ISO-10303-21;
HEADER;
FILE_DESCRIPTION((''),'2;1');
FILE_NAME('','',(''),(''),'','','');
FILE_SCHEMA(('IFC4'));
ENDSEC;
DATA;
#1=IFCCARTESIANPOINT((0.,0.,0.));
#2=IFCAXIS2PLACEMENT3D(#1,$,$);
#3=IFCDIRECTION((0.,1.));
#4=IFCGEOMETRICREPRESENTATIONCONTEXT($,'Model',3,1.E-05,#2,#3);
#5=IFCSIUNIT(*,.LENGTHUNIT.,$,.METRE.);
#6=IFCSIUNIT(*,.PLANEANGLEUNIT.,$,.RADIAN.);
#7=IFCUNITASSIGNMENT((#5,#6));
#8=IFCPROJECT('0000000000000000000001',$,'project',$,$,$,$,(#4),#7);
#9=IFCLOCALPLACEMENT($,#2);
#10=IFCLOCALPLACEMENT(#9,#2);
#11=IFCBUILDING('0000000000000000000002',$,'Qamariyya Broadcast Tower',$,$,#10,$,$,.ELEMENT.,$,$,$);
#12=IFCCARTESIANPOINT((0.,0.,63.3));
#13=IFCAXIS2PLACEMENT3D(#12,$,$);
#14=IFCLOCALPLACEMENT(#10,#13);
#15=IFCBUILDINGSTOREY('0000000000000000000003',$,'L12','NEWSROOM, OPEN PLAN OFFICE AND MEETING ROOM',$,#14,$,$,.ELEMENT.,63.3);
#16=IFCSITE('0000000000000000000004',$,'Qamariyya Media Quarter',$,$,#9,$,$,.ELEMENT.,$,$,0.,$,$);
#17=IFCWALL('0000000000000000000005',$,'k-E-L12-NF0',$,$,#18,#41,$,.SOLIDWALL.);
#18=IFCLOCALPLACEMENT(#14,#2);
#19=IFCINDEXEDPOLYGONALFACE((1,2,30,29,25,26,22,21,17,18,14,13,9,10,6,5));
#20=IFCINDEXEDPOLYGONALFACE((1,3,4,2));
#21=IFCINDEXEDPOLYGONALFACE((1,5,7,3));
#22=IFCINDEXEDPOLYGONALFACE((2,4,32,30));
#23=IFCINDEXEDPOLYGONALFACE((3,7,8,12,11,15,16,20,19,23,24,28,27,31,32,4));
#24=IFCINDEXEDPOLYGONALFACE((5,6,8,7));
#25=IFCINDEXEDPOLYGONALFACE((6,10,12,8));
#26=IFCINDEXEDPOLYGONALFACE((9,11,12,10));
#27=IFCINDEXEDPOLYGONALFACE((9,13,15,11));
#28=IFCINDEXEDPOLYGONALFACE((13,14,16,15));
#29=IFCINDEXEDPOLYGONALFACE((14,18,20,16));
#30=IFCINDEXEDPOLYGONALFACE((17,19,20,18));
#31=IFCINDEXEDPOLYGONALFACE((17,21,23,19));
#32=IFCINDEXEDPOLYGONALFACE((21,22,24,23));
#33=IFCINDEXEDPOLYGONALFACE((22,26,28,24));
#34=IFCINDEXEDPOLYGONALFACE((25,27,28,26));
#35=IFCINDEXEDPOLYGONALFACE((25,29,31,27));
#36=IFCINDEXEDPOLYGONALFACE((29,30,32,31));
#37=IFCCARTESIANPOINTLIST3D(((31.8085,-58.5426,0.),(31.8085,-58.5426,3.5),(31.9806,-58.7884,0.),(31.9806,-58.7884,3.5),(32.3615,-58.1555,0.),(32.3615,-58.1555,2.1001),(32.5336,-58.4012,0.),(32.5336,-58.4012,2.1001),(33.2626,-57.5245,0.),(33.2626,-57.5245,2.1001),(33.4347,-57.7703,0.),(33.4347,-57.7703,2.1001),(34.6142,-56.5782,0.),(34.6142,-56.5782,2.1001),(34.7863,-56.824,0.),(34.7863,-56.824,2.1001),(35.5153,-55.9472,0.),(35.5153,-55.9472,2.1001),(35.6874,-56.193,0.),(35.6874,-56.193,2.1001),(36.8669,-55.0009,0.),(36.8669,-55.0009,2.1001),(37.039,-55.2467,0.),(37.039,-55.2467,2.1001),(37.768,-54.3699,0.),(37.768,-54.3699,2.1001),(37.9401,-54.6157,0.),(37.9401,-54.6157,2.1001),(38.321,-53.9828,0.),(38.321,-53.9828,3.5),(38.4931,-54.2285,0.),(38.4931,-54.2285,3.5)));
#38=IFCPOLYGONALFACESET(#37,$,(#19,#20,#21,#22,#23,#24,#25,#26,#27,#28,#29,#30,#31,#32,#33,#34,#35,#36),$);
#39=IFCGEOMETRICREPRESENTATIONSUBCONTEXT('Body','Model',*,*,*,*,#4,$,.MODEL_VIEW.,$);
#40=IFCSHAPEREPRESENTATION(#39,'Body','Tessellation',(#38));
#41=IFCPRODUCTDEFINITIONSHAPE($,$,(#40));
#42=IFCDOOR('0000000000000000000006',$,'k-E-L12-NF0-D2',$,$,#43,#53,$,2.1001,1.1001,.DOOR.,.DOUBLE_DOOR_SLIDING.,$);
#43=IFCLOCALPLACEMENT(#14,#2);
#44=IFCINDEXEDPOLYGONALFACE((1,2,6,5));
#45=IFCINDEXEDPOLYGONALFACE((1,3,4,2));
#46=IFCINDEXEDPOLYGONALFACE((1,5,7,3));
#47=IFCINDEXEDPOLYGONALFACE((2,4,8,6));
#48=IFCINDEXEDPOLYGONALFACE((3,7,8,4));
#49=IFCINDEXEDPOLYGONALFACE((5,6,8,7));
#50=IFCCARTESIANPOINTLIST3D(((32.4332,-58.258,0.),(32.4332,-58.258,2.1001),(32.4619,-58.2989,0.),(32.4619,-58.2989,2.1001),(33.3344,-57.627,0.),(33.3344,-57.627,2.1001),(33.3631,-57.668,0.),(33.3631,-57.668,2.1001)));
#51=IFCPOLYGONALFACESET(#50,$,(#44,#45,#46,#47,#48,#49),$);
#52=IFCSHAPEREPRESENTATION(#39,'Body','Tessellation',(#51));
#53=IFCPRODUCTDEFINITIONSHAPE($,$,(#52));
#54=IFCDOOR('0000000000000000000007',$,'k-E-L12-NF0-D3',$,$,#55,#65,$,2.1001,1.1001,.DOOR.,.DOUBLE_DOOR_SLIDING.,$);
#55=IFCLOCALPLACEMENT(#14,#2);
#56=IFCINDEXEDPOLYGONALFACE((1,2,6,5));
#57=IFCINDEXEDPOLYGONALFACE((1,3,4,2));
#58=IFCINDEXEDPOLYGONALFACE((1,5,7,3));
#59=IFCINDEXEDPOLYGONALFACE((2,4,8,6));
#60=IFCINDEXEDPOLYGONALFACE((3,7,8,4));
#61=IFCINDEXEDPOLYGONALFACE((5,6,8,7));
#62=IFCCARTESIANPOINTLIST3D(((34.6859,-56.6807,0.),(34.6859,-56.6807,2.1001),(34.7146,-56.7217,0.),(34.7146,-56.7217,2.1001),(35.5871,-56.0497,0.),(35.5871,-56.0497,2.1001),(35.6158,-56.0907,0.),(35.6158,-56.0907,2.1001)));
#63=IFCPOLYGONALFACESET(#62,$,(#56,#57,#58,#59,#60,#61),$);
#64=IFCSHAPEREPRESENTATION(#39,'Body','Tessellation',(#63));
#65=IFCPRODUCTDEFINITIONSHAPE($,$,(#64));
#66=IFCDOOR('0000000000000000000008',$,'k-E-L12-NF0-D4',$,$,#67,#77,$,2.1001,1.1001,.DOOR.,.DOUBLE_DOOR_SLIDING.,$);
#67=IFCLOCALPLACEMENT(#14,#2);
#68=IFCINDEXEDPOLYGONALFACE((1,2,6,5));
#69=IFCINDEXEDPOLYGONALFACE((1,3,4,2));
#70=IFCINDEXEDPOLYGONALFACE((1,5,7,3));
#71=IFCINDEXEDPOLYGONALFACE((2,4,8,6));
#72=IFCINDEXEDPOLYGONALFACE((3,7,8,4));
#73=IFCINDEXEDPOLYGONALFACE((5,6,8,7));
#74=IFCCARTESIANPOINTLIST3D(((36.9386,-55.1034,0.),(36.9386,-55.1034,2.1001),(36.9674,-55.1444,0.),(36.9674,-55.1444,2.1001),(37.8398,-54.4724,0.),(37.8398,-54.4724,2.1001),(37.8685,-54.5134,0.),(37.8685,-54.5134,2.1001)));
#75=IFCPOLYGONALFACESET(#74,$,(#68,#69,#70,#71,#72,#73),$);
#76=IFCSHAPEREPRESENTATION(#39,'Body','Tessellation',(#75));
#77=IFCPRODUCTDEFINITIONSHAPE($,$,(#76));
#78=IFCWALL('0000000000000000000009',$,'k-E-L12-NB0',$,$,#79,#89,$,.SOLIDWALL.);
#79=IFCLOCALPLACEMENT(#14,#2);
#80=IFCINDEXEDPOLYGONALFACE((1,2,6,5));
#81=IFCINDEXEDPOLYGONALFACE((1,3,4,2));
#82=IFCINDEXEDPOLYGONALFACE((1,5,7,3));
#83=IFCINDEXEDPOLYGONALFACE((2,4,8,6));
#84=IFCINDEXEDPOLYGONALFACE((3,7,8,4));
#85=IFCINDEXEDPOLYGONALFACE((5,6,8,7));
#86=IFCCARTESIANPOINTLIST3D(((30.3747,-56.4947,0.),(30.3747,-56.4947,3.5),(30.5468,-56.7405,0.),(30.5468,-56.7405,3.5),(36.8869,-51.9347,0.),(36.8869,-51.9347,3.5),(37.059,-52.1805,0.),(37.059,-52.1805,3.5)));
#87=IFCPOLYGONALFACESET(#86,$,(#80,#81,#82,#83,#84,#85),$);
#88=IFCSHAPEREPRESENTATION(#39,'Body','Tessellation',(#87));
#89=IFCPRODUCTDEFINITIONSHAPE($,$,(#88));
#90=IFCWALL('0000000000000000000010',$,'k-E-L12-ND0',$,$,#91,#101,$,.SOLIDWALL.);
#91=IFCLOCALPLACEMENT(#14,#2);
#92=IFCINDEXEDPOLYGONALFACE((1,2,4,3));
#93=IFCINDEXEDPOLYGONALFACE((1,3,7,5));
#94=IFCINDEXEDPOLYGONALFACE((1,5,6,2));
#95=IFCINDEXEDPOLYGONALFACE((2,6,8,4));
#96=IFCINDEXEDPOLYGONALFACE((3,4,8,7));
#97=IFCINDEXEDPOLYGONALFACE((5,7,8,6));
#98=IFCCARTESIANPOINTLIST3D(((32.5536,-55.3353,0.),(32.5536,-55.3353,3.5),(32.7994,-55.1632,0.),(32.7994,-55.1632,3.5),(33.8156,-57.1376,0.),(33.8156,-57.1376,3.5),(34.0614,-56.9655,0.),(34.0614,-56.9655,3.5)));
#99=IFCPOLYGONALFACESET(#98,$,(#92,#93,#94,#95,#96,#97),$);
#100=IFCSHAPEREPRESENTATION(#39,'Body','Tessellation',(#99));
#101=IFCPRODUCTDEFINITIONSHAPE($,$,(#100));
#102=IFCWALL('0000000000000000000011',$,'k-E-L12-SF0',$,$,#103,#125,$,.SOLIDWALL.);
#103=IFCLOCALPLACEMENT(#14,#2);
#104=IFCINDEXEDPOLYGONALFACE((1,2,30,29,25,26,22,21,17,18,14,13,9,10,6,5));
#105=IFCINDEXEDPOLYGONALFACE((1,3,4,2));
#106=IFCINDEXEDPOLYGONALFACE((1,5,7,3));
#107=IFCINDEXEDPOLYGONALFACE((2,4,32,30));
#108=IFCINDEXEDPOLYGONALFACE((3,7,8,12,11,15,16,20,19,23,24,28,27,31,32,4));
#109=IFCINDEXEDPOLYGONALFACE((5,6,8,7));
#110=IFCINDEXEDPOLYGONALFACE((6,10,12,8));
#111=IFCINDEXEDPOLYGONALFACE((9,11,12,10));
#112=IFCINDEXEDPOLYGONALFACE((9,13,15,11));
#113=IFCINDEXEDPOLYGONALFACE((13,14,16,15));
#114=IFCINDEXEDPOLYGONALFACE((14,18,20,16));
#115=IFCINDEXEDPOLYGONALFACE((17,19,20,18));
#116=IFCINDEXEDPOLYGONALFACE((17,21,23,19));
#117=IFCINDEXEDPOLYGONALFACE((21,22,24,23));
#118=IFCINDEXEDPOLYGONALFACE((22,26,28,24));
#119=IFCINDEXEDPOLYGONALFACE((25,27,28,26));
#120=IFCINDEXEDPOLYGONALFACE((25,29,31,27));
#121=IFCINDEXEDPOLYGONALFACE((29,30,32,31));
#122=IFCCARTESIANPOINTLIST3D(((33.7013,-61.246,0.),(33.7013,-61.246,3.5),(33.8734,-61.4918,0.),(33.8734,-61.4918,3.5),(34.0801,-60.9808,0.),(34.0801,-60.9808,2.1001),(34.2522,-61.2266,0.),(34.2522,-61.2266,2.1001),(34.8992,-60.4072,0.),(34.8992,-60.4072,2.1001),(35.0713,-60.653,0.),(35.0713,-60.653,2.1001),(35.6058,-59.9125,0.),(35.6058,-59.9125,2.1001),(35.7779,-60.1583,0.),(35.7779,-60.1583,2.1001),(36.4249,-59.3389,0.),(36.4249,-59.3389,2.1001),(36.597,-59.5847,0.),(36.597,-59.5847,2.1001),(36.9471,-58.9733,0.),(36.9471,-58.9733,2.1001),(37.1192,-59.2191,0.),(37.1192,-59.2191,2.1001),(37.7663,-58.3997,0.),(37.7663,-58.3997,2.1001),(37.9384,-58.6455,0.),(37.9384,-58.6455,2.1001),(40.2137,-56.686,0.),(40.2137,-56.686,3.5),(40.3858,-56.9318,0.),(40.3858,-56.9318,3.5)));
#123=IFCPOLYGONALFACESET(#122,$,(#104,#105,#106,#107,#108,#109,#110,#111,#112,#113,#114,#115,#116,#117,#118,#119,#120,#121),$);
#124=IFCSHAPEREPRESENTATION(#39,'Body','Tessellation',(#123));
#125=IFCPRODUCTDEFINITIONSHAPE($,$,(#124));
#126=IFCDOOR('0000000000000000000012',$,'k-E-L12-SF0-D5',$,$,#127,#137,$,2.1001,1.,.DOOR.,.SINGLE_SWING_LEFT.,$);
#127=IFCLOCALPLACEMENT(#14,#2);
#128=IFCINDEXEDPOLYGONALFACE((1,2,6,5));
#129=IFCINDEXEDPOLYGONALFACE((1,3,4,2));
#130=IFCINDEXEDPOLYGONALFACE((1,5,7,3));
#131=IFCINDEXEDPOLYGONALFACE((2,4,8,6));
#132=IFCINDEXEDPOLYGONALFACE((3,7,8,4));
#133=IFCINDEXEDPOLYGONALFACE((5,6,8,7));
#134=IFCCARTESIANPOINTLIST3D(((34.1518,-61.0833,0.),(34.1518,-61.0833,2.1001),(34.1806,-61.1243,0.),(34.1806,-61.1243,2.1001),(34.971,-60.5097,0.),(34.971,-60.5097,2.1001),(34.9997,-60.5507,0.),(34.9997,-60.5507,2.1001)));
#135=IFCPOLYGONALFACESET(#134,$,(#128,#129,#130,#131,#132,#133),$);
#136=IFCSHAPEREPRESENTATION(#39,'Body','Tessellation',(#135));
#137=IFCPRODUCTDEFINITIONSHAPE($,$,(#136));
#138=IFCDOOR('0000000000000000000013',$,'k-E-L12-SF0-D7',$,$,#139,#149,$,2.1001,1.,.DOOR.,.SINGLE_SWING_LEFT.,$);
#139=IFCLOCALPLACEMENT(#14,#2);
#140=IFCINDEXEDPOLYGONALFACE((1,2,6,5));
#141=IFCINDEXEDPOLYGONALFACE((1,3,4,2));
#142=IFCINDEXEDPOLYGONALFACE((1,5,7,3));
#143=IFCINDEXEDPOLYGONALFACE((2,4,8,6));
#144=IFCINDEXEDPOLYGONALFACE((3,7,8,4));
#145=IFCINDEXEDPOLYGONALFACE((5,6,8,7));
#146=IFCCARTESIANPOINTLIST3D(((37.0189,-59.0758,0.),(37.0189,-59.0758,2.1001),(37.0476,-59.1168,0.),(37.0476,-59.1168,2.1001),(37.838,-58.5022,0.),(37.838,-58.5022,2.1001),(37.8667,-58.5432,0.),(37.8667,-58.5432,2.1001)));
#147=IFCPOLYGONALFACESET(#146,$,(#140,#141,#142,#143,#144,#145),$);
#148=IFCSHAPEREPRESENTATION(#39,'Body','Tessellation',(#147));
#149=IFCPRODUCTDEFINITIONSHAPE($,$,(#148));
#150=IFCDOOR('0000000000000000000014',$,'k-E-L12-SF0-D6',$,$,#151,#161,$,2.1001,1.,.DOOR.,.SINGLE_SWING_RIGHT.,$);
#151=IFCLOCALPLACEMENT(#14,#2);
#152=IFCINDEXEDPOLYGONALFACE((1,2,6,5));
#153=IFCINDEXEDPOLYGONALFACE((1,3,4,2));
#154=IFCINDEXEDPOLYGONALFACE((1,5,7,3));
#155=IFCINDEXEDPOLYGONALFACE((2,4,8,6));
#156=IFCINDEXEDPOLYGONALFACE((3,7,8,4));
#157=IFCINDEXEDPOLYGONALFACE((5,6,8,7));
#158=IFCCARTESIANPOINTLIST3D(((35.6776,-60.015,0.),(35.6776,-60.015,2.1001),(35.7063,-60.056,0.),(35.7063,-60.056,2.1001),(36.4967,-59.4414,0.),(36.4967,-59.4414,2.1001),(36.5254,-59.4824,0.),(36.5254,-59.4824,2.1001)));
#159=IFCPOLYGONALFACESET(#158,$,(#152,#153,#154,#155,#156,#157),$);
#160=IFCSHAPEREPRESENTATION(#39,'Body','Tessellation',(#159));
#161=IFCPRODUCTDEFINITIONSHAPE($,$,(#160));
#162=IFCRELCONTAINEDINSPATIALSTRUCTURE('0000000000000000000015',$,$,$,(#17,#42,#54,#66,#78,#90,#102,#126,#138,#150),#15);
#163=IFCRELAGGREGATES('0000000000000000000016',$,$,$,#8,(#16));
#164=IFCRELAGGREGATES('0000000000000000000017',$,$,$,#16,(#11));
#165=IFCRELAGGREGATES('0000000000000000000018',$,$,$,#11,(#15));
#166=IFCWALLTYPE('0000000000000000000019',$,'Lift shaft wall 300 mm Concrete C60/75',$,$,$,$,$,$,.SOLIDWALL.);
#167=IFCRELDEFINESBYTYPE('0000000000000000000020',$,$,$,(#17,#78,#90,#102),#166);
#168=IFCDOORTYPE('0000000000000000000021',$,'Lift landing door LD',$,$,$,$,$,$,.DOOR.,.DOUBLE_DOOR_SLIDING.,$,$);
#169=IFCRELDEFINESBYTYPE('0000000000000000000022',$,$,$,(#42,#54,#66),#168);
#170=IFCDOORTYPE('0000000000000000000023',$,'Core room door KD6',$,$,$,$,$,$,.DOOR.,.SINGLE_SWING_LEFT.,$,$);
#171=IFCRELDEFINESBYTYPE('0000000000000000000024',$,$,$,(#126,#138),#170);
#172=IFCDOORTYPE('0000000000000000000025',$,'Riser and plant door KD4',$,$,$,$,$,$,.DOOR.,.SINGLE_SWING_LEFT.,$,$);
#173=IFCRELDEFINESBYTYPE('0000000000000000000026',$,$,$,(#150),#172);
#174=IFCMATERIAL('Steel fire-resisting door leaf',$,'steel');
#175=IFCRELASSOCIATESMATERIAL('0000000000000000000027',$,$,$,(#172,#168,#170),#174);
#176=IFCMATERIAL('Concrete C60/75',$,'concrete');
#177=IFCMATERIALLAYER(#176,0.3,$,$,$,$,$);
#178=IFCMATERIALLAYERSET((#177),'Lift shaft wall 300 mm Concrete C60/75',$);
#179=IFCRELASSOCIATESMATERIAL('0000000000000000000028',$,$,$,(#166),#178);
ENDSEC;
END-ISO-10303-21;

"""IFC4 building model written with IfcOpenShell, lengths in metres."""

from ifc_helpers import new_model, si_unit, direction, frame, frame_2d, origin, place, context, subcontext, project, spatial, rectangle, extrude, material, layer, layer_set, type_object, element, fill, save


model = new_model("IFC4")

# Units and contexts
model_context = context("Model", 3, precision=1e-05, world=origin(), true_north=direction((0.0, 1.0)))
body_context = subcontext(model_context, "Body", "Model", "MODEL_VIEW")
ifc_project = project(units=[si_unit("LENGTHUNIT", "METRE"), si_unit("PLANEANGLEUNIT", "RADIAN")], contexts=[model_context])

# Site, building, storey
site_placement = place(None, origin())
site = spatial("IfcSite", under=ifc_project, at=site_placement, Name="Qamariyya Media Quarter", CompositionType="ELEMENT", RefElevation=0.0)
building_placement = place(site_placement, origin())
building = spatial("IfcBuilding", under=site, at=building_placement, Name="Qamariyya Broadcast Tower", CompositionType="ELEMENT")
storey_placement = place(building_placement, frame((0.0, 0.0, 63.3)))
storey = spatial("IfcBuildingStorey", under=building, at=storey_placement, Name="L12", Description="NEWSROOM, OPEN PLAN OFFICE AND MEETING ROOM", CompositionType="ELEMENT", Elevation=63.3)

# Shared definitions
ifc_material_1 = material(Name="Steel fire-resisting door leaf", Category="steel")

# Shared definitions
door_type_1 = type_object("IfcDoorType", Name="Riser and plant door KD4", OperationType="SINGLE_SWING_LEFT", PredefinedType="DOOR", material=ifc_material_1)

# Wall, openings, doors
ifc_material_2 = material(Name="Concrete C60/75", Category="concrete")
ifc_layer_1 = layer(ifc_material_2, 0.3)
ifc_layer_set_1 = layer_set([ifc_layer_1], Name="Lift shaft wall 300 mm Concrete C60/75")
wall_type_1 = type_object("IfcWallType", Name="Lift shaft wall 300 mm Concrete C60/75", PredefinedType="SOLIDWALL", material=ifc_layer_set_1)
wall_1_placement = place(storey_placement, frame((31.8945, -58.6655, 0.0), z_axis=(0.0, 0.0, 1.0), x_axis=(0.819167, 0.573555, 0.0)))
wall_1 = element("IfcWall", 1, at=wall_1_placement, inside=storey, type_object=wall_type_1, Name="k-E-L12-NF0", PredefinedType="SOLIDWALL", context=body_context, shape_type="SweptSolid", body=[
    extrude(rectangle(XDim=7.9502, YDim=0.3, at=frame_2d((3.9751, 0.0))), origin(), (0.0, 0.0, 1.0), 3.5),
])
opening_1_placement = place(wall_1_placement, frame((0.675, 0.0, 0.0)))
opening_1 = element("IfcOpeningElement", 2, at=opening_1_placement, cuts=wall_1, PredefinedType="OPENING", context=body_context, shape_type="SweptSolid", body=[
    extrude(rectangle(XDim=1.1001, YDim=2.1001, at=frame_2d((0.55, 1.05))), frame((0.0, 0.1599, 0.0), z_axis=(0.0, -1.0, 0.0), x_axis=(1.0, 0.0, 0.0)), (0.0, 0.0, 1.0), 0.3201),
])
opening_2_placement = place(wall_1_placement, frame((3.425, 0.0, 0.0)))
opening_2 = element("IfcOpeningElement", 3, at=opening_2_placement, cuts=wall_1, PredefinedType="OPENING", context=body_context, shape_type="SweptSolid", body=[
    extrude(rectangle(XDim=1.1001, YDim=2.1001, at=frame_2d((0.55, 1.05))), frame((0.0, 0.1599, 0.0), z_axis=(0.0, -1.0, 0.0), x_axis=(1.0, 0.0, 0.0)), (0.0, 0.0, 1.0), 0.3201),
])
opening_3_placement = place(wall_1_placement, frame((6.175, 0.0, 0.0)))
opening_3 = element("IfcOpeningElement", 4, at=opening_3_placement, cuts=wall_1, PredefinedType="OPENING", context=body_context, shape_type="SweptSolid", body=[
    extrude(rectangle(XDim=1.1001, YDim=2.1001, at=frame_2d((0.55, 1.05))), frame((0.0, 0.1599, 0.0), z_axis=(0.0, -1.0, 0.0), x_axis=(1.0, 0.0, 0.0)), (0.0, 0.0, 1.0), 0.3201),
])
door_type_2 = type_object("IfcDoorType", Name="Lift landing door LD", OperationType="DOUBLE_DOOR_SLIDING", PredefinedType="DOOR", material=ifc_material_1)
door_1_placement = place(opening_1_placement, origin())
door_1 = element("IfcDoor", 5, at=door_1_placement, inside=storey, type_object=door_type_2, Name="k-E-L12-NF0-D2", OperationType="DOUBLE_DOOR_SLIDING", OverallHeight=2.1001, OverallWidth=1.1001, PredefinedType="DOOR", context=body_context, shape_type="SweptSolid", body=[
    extrude(rectangle(XDim=1.1001, YDim=2.1001, at=frame_2d((0.55, 1.05))), frame((0.0, 0.0249, 0.0), z_axis=(0.0, -1.0, 0.0), x_axis=(1.0, 0.0, 0.0)), (0.0, 0.0, 1.0), 0.05),
])
fill(opening_1, door_1)
door_2_placement = place(opening_2_placement, origin())
door_2 = element("IfcDoor", 6, at=door_2_placement, inside=storey, type_object=door_type_2, Name="k-E-L12-NF0-D3", OperationType="DOUBLE_DOOR_SLIDING", OverallHeight=2.1001, OverallWidth=1.1001, PredefinedType="DOOR", context=body_context, shape_type="SweptSolid", body=[
    extrude(rectangle(XDim=1.1001, YDim=2.1001, at=frame_2d((0.55, 1.05))), frame((0.0, 0.0249, 0.0), z_axis=(0.0, -1.0, 0.0), x_axis=(1.0, 0.0, 0.0)), (0.0, 0.0, 1.0), 0.05),
])
fill(opening_2, door_2)
door_3_placement = place(opening_3_placement, origin())
door_3 = element("IfcDoor", 7, at=door_3_placement, inside=storey, type_object=door_type_2, Name="k-E-L12-NF0-D4", OperationType="DOUBLE_DOOR_SLIDING", OverallHeight=2.1001, OverallWidth=1.1001, PredefinedType="DOOR", context=body_context, shape_type="SweptSolid", body=[
    extrude(rectangle(XDim=1.1001, YDim=2.1001, at=frame_2d((0.55, 1.05))), frame((0.0, 0.0249, 0.0), z_axis=(0.0, -1.0, 0.0), x_axis=(1.0, 0.0, 0.0)), (0.0, 0.0, 1.0), 0.05),
])
fill(opening_3, door_3)

# Walls
wall_2_placement = place(storey_placement, frame((30.4607, -56.6177, 0.0), z_axis=(0.0, 0.0, 1.0), x_axis=(0.819142, 0.57359, 0.0)))
element("IfcWall", 8, at=wall_2_placement, inside=storey, type_object=wall_type_1, Name="k-E-L12-NB0", PredefinedType="SOLIDWALL", context=body_context, shape_type="SweptSolid", body=[
    extrude(rectangle(XDim=7.95, YDim=0.3, at=frame_2d((3.9751, 0.0))), origin(), (0.0, 0.0, 1.0), 3.5),
])
wall_3_placement = place(storey_placement, frame((33.9385, -57.0515, 0.0), z_axis=(0.0, 0.0, 1.0), x_axis=(-0.573581, 0.819149, 0.0)))
element("IfcWall", 9, at=wall_3_placement, inside=storey, type_object=wall_type_1, Name="k-E-L12-ND0", PredefinedType="SOLIDWALL", context=body_context, shape_type="SweptSolid", body=[
    extrude(rectangle(XDim=2.2002, YDim=0.3, at=frame_2d((1.1001, 0.0))), origin(), (0.0, 0.0, 1.0), 3.5),
])

# Wall, openings, doors
wall_4_placement = place(storey_placement, frame((33.7874, -61.3689, 0.0), z_axis=(0.0, 0.0, 1.0), x_axis=(0.819153, 0.573576, 0.0)))
wall_4 = element("IfcWall", 10, at=wall_4_placement, inside=storey, type_object=wall_type_1, Name="k-E-L12-SF0", PredefinedType="SOLIDWALL", context=body_context, shape_type="SweptSolid", body=[
    extrude(rectangle(XDim=7.9502, YDim=0.3, at=frame_2d((3.9751, 0.0))), origin(), (0.0, 0.0, 1.0), 3.5),
])
opening_4_placement = place(wall_4_placement, frame((0.4624, 0.0, 0.0)))
opening_4 = element("IfcOpeningElement", 11, at=opening_4_placement, cuts=wall_4, PredefinedType="OPENING", context=body_context, shape_type="SweptSolid", body=[
    extrude(rectangle(XDim=1.0, YDim=2.1001, at=frame_2d((0.5, 1.05))), frame((0.0, 0.1599, 0.0), z_axis=(0.0, -1.0, 0.0), x_axis=(1.0, 0.0, 0.0)), (0.0, 0.0, 1.0), 0.3201),
])
opening_5_placement = place(wall_4_placement, frame((2.325, 0.0, 0.0)))
opening_5 = element("IfcOpeningElement", 12, at=opening_5_placement, cuts=wall_4, PredefinedType="OPENING", context=body_context, shape_type="SweptSolid", body=[
    extrude(rectangle(XDim=1.0, YDim=2.1001, at=frame_2d((0.5, 1.05))), frame((0.0, 0.1599, 0.0), z_axis=(0.0, -1.0, 0.0), x_axis=(1.0, 0.0, 0.0)), (0.0, 0.0, 1.0), 0.3201),
])
opening_6_placement = place(wall_4_placement, frame((3.9624, 0.0, 0.0)))
opening_6 = element("IfcOpeningElement", 13, at=opening_6_placement, cuts=wall_4, PredefinedType="OPENING", context=body_context, shape_type="SweptSolid", body=[
    extrude(rectangle(XDim=1.0, YDim=2.1001, at=frame_2d((0.5, 1.05))), frame((0.0, 0.1599, 0.0), z_axis=(0.0, -1.0, 0.0), x_axis=(1.0, 0.0, 0.0)), (0.0, 0.0, 1.0), 0.3201),
])
door_type_3 = type_object("IfcDoorType", Name="Core room door KD6", OperationType="SINGLE_SWING_LEFT", PredefinedType="DOOR", material=ifc_material_1)
door_4_placement = place(opening_4_placement, origin())
door_4 = element("IfcDoor", 14, at=door_4_placement, inside=storey, type_object=door_type_3, Name="k-E-L12-SF0-D5", OperationType="SINGLE_SWING_LEFT", OverallHeight=2.1001, OverallWidth=1.0, PredefinedType="DOOR", context=body_context, shape_type="SweptSolid", body=[
    extrude(rectangle(XDim=1.0, YDim=2.1001, at=frame_2d((0.5, 1.05))), frame((0.0, 0.0249, 0.0), z_axis=(0.0, -1.0, 0.0), x_axis=(1.0, 0.0, 0.0)), (0.0, 0.0, 1.0), 0.05),
])
fill(opening_4, door_4)
door_5_placement = place(opening_6_placement, origin())
door_5 = element("IfcDoor", 15, at=door_5_placement, inside=storey, type_object=door_type_3, Name="k-E-L12-SF0-D7", OperationType="SINGLE_SWING_LEFT", OverallHeight=2.1001, OverallWidth=1.0, PredefinedType="DOOR", context=body_context, shape_type="SweptSolid", body=[
    extrude(rectangle(XDim=1.0, YDim=2.1001, at=frame_2d((0.5, 1.05))), frame((0.0, 0.0249, 0.0), z_axis=(0.0, -1.0, 0.0), x_axis=(1.0, 0.0, 0.0)), (0.0, 0.0, 1.0), 0.05),
])
fill(opening_6, door_5)
door_6_placement = place(opening_5_placement, origin())
door_6 = element("IfcDoor", 16, at=door_6_placement, inside=storey, type_object=door_type_1, Name="k-E-L12-SF0-D6", OperationType="SINGLE_SWING_RIGHT", OverallHeight=2.1001, OverallWidth=1.0, PredefinedType="DOOR", context=body_context, shape_type="SweptSolid", body=[
    extrude(rectangle(XDim=1.0, YDim=2.1001, at=frame_2d((0.5, 1.05))), frame((0.0, 0.0249, 0.0), z_axis=(0.0, -1.0, 0.0), x_axis=(1.0, 0.0, 0.0)), (0.0, 0.0, 1.0), 0.05),
])
fill(opening_5, door_6)

save(model, "model.ifc")
